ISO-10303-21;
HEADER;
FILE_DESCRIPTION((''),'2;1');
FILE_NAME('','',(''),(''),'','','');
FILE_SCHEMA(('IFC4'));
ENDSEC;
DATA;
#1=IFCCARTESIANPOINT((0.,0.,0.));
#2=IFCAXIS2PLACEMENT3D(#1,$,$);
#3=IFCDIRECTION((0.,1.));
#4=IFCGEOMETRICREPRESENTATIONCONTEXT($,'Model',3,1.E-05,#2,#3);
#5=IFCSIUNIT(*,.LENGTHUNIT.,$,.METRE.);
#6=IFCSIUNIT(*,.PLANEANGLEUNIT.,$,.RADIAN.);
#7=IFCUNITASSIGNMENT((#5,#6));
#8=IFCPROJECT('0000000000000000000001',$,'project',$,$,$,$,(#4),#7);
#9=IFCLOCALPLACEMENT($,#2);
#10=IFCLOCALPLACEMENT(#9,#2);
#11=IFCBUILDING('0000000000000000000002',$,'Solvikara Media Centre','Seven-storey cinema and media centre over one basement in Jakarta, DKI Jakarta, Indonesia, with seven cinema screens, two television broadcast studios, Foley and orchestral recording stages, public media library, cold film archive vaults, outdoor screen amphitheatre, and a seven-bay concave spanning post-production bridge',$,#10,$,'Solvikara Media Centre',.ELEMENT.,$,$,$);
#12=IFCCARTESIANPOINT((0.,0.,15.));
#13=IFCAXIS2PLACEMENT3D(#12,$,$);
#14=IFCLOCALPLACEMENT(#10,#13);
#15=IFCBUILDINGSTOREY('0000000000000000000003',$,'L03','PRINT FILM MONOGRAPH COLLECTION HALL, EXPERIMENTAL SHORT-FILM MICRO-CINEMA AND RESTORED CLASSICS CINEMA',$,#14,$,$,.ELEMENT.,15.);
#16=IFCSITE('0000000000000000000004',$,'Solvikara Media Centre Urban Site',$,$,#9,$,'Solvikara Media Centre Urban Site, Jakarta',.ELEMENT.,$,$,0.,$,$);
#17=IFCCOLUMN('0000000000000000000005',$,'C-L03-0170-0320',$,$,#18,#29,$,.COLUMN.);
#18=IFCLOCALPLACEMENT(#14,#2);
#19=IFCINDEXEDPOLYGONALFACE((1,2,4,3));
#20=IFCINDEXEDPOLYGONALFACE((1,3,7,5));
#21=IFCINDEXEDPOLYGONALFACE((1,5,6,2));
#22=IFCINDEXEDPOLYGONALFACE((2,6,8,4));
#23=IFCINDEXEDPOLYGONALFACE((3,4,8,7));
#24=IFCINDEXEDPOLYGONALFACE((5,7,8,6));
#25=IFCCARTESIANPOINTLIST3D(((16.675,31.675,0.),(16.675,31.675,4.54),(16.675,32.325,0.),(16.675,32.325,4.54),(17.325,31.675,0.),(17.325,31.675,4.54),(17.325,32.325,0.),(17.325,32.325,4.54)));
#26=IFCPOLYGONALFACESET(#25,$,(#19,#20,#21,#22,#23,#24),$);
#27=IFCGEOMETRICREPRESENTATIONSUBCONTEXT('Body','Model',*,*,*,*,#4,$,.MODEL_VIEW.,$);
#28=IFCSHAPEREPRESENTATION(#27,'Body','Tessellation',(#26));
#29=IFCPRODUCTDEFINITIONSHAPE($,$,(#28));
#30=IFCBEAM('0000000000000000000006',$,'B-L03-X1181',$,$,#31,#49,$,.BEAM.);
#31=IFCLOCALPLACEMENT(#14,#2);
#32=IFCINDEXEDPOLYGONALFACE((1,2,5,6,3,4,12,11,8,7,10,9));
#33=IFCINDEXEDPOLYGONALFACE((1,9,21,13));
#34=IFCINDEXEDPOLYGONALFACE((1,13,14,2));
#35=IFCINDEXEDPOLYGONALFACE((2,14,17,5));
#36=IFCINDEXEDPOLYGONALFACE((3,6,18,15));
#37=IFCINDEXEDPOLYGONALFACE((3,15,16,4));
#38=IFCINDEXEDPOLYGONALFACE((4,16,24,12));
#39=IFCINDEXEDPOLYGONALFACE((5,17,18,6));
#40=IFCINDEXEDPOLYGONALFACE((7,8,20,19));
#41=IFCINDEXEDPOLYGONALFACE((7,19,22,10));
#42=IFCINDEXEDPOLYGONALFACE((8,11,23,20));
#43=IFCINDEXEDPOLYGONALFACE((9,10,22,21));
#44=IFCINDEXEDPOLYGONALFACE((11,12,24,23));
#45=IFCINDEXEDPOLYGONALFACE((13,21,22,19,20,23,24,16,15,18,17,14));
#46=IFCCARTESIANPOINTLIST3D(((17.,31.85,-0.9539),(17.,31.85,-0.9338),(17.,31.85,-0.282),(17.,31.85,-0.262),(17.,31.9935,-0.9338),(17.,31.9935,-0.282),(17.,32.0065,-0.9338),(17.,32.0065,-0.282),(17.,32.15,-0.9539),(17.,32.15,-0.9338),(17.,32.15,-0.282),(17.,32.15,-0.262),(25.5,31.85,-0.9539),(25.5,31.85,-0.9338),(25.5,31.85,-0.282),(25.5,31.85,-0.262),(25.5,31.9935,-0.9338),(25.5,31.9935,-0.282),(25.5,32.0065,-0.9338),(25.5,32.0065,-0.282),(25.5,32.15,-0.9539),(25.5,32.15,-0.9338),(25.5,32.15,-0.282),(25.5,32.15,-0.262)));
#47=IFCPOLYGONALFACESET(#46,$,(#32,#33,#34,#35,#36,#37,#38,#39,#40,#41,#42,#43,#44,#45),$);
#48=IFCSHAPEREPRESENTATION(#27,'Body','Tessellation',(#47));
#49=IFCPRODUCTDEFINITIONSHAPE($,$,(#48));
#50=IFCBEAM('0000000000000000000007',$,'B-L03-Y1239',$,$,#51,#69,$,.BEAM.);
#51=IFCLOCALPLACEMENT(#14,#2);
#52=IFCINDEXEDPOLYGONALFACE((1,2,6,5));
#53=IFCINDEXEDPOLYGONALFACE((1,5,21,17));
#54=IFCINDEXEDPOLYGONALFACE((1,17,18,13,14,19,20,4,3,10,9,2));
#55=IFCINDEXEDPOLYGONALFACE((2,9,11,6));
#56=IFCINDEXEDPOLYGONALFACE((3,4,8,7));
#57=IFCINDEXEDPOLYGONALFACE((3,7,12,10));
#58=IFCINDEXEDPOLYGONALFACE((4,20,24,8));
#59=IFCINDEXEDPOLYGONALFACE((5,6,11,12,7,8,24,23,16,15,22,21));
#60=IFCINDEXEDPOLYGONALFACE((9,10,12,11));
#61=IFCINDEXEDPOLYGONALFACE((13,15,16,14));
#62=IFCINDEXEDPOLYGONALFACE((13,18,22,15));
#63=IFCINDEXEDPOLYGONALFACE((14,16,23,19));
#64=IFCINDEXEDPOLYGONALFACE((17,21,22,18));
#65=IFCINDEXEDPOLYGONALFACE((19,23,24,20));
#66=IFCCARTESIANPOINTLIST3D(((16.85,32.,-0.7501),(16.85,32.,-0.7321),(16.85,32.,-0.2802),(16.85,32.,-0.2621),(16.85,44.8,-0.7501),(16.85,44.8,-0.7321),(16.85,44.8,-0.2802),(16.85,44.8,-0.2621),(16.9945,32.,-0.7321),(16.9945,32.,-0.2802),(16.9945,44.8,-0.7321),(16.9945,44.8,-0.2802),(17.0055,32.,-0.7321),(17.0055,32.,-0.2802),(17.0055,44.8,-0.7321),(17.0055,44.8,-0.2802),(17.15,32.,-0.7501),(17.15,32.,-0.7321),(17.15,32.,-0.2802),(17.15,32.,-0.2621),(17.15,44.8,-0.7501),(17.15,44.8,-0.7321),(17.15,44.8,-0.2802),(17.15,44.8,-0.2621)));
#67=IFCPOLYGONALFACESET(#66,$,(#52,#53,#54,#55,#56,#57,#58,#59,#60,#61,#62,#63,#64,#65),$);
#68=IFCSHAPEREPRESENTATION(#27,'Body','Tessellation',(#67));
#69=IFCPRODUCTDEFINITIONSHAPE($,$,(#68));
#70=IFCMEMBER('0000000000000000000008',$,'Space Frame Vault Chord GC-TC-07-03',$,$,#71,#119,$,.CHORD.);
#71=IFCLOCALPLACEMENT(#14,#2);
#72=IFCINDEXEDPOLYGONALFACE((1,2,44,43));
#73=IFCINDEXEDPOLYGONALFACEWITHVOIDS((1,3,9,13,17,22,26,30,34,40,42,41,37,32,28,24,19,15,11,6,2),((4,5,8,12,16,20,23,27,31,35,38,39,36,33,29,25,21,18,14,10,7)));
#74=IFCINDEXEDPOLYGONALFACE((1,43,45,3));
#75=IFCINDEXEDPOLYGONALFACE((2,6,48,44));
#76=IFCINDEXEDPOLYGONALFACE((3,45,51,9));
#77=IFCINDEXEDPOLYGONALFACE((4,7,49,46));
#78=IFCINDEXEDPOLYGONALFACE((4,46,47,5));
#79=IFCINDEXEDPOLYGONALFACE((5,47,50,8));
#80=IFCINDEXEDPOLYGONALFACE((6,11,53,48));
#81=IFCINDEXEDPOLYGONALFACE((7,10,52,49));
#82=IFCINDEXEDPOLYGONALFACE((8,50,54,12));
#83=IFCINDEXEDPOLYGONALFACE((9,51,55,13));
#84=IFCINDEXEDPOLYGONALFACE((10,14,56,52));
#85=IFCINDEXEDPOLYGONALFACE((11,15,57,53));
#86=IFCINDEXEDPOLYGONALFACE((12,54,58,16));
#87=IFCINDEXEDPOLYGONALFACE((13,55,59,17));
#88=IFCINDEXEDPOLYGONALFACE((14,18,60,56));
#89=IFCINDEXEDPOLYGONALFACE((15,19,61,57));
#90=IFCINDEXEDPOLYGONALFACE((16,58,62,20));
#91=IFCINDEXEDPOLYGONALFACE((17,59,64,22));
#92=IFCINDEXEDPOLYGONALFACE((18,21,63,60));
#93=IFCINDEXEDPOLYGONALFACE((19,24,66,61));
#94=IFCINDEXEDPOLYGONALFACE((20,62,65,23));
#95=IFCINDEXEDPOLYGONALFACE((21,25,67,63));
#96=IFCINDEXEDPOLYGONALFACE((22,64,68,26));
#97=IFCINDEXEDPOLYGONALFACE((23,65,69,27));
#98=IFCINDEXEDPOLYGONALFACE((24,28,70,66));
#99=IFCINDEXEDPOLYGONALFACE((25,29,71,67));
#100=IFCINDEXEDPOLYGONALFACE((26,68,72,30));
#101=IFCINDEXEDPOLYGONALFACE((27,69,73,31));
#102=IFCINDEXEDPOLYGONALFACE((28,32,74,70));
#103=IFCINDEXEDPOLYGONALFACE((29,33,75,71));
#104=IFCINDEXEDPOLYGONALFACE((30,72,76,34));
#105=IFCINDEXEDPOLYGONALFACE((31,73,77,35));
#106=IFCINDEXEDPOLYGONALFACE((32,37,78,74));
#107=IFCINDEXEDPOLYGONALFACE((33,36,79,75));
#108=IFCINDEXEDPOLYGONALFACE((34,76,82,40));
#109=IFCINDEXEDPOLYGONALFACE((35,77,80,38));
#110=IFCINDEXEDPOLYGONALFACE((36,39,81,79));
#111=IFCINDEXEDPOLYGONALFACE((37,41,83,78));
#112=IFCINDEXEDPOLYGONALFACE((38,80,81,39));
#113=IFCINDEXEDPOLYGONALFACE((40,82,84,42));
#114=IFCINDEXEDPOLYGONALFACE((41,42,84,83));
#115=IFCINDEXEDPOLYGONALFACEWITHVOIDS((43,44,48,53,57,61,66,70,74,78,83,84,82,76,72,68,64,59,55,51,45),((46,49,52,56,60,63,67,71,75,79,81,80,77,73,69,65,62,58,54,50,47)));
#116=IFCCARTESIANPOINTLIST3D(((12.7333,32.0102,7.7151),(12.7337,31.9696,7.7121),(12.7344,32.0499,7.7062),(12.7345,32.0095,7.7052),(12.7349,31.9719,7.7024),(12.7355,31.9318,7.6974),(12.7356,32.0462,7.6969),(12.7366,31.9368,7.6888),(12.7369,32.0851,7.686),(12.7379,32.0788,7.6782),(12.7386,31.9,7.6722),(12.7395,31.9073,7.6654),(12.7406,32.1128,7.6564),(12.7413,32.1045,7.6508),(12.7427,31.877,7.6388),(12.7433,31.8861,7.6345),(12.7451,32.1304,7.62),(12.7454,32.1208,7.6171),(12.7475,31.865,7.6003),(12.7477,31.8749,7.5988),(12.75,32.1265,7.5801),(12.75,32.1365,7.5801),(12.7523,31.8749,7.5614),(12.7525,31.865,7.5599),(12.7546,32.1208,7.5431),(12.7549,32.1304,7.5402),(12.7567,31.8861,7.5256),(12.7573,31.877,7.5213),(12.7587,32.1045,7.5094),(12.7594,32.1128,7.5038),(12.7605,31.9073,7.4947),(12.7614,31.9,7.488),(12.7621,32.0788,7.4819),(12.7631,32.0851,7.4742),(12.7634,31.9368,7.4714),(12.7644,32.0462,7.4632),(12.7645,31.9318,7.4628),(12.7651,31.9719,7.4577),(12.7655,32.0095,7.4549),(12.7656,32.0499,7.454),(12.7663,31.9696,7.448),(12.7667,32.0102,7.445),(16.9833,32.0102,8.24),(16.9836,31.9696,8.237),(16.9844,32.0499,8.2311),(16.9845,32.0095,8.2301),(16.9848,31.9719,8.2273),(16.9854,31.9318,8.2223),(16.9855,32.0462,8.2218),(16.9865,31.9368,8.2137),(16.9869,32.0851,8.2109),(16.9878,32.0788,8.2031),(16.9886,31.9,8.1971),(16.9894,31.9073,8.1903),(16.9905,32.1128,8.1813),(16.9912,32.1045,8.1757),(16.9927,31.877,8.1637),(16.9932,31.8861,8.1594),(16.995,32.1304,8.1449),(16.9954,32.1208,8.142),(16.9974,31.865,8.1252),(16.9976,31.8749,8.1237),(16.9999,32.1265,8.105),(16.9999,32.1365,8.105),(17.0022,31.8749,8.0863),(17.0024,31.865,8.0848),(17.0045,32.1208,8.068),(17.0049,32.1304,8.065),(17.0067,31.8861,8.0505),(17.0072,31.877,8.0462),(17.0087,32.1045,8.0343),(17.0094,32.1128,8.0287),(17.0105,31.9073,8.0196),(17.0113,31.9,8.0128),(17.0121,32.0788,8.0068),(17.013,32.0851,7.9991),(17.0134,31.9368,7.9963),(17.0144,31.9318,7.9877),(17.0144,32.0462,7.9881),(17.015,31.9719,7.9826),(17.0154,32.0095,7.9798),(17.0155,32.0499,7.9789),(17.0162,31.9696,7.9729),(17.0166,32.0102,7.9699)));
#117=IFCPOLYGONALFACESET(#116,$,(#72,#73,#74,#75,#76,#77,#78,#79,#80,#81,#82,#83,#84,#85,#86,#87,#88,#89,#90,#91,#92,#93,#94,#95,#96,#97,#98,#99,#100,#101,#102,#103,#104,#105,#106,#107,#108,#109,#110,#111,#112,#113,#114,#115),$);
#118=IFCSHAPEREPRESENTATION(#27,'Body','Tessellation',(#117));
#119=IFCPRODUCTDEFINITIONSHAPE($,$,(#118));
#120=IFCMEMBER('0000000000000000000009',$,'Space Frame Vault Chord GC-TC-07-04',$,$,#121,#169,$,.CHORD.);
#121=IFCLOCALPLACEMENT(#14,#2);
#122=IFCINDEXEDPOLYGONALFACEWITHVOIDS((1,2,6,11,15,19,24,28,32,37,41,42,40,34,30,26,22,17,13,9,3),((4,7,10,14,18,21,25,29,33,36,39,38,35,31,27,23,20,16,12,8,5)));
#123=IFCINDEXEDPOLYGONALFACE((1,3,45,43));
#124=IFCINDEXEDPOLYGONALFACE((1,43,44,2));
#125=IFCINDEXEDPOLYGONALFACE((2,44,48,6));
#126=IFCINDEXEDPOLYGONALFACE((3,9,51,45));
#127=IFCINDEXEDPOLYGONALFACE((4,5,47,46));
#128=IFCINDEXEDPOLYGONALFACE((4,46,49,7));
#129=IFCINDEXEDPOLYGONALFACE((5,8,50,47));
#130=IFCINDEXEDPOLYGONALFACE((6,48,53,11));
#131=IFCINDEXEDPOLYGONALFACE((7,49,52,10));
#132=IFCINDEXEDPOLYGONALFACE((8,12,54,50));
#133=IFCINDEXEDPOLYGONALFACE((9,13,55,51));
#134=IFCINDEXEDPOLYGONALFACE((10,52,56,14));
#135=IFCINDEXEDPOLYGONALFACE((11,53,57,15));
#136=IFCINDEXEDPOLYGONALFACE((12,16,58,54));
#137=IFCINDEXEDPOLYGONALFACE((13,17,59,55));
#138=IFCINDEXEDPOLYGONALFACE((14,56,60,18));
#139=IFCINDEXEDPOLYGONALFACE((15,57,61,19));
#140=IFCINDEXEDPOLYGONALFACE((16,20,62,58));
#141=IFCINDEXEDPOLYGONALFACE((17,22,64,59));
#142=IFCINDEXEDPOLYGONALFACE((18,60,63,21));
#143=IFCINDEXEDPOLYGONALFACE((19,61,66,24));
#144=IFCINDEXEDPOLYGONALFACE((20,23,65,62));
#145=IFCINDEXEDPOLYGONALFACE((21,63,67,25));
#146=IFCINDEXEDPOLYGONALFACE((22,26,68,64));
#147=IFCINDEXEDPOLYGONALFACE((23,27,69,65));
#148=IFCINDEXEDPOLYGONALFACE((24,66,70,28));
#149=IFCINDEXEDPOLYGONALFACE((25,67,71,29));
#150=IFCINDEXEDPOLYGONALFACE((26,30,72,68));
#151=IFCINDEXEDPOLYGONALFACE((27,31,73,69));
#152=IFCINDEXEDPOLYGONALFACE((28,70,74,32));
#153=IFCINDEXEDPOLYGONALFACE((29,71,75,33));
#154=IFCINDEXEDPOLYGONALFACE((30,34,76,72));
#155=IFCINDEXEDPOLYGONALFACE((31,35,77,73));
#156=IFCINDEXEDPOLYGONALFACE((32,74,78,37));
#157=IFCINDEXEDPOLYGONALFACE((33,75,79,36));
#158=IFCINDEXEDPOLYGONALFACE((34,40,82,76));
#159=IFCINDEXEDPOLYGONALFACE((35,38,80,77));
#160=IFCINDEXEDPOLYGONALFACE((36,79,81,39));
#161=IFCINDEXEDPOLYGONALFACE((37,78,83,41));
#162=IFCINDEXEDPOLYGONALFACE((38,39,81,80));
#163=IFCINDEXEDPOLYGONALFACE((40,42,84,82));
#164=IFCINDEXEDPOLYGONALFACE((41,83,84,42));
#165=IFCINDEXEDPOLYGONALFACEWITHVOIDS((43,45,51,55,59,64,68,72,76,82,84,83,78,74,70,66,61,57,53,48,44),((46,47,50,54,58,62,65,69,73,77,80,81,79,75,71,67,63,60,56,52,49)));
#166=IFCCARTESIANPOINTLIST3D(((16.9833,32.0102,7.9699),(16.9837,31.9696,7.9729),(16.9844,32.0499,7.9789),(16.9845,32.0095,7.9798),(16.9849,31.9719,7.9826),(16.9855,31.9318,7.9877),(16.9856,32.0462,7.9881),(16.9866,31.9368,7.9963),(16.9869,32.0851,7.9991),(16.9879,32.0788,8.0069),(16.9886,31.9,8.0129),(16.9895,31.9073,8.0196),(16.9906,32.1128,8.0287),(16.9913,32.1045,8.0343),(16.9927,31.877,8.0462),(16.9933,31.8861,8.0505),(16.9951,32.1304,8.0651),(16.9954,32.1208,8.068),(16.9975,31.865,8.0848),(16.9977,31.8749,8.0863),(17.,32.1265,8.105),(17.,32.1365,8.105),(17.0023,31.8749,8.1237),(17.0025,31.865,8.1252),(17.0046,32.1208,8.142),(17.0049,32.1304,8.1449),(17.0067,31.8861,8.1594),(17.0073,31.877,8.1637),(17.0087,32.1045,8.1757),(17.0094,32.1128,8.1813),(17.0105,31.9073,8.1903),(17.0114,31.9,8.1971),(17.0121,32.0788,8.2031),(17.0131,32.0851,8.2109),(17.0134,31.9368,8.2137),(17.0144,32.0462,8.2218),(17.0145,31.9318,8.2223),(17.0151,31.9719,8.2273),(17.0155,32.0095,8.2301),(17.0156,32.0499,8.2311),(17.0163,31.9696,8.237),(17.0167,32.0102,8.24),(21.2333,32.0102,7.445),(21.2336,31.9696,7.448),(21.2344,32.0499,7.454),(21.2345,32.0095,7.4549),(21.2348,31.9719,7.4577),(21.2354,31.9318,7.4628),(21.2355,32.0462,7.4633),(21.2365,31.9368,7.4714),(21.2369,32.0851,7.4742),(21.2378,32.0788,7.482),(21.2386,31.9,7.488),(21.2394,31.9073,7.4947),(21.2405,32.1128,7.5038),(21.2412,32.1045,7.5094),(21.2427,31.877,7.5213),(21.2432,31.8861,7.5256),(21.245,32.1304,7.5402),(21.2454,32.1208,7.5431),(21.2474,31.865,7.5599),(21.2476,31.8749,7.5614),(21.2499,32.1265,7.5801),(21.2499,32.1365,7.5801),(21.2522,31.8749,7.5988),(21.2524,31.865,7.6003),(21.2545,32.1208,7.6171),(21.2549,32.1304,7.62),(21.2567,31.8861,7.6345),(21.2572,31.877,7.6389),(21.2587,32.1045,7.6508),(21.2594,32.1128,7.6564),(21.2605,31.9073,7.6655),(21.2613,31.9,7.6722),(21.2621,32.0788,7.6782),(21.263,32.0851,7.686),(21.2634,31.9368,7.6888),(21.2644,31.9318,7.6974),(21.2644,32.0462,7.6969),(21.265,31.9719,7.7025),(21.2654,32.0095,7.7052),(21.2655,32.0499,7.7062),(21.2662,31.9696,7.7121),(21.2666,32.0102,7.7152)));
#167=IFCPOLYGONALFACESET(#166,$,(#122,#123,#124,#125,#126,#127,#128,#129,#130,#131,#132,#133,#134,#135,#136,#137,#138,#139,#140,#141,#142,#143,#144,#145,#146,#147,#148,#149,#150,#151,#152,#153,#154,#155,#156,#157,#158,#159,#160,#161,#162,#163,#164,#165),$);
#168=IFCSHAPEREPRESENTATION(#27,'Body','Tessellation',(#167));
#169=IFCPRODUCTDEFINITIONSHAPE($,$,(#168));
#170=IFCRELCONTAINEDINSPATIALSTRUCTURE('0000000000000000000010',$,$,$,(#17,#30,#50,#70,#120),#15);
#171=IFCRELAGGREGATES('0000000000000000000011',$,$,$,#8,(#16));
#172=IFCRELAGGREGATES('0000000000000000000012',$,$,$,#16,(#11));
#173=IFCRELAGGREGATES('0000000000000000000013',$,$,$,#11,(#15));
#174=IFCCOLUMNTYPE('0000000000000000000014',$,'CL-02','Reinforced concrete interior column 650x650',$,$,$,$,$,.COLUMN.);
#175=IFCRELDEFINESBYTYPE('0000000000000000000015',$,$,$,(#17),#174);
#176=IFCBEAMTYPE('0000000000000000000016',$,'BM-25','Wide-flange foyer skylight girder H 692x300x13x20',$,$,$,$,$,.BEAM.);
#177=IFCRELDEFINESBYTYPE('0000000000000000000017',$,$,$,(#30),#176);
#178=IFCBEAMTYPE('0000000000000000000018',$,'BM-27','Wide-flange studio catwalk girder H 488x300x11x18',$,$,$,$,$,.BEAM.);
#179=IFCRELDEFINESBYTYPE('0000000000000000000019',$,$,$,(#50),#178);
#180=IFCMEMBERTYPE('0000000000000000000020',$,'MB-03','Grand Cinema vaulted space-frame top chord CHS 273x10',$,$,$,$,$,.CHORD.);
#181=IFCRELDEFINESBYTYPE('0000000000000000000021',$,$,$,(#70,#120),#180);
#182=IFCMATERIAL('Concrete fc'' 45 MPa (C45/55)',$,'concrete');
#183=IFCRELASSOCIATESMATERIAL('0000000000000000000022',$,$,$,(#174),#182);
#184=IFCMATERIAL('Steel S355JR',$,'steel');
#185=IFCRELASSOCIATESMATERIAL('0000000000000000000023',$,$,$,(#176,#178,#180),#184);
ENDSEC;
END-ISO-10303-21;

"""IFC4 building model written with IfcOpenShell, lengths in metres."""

from ifc_helpers import new_model, si_unit, direction, frame, origin, origin_2d, place, context, subcontext, project, spatial, rectangle, hollow_circle, i_section, extrude, material, material_profile, profile_set, type_object, element, save


model = new_model("IFC4")

# Units and contexts
model_context = context("Model", 3, precision=1e-05, world=origin(), true_north=direction((0.0, 1.0)))
body_context = subcontext(model_context, "Body", "Model", "MODEL_VIEW")
ifc_project = project(units=[si_unit("LENGTHUNIT", "METRE"), si_unit("PLANEANGLEUNIT", "RADIAN")], contexts=[model_context])

# Site, building, storey
site_placement = place(None, origin())
site = spatial("IfcSite", under=ifc_project, at=site_placement, Name="Solvikara Media Centre Urban Site", LongName="Solvikara Media Centre Urban Site, Jakarta", CompositionType="ELEMENT", RefElevation=0.0)
building_placement = place(site_placement, origin())
building = spatial("IfcBuilding", under=site, at=building_placement, Name="Solvikara Media Centre", Description="Seven-storey cinema and media centre over one basement in Jakarta, DKI Jakarta, Indonesia, with seven cinema screens, two television broadcast studios, Foley and orchestral recording stages, public media library, cold film archive vaults, outdoor screen amphitheatre, and a seven-bay concave spanning post-production bridge", LongName="Solvikara Media Centre", CompositionType="ELEMENT")
storey_placement = place(building_placement, frame((0.0, 0.0, 15.0)))
storey = spatial("IfcBuildingStorey", under=building, at=storey_placement, Name="L03", Description="PRINT FILM MONOGRAPH COLLECTION HALL, EXPERIMENTAL SHORT-FILM MICRO-CINEMA AND RESTORED CLASSICS CINEMA", CompositionType="ELEMENT", Elevation=15.0)

# Column
ifc_material_1 = material(Name="Concrete fc' 45 MPa (C45/55)", Category="concrete")
ifc_material_profile_1 = material_profile(ifc_material_1, rectangle(XDim=0.6499, YDim=0.6499, at=origin_2d()), Name="RC 650x650")
ifc_profile_set_1 = profile_set([ifc_material_profile_1], Name="Concrete fc' 45 MPa (C45/55)")
column_type = type_object("IfcColumnType", Name="CL-02", Description="Reinforced concrete interior column 650x650", PredefinedType="COLUMN", material=ifc_profile_set_1)
column_placement = place(storey_placement, frame((17.0, 32.0, 0.0), z_axis=(0.0, 0.0, 1.0), x_axis=(1.0, 0.0, 0.0)))
element("IfcColumn", 1, at=column_placement, inside=storey, type_object=column_type, Name="C-L03-0170-0320", PredefinedType="COLUMN", context=body_context, shape_type="SweptSolid", body=[
    extrude(rectangle(XDim=0.6499, YDim=0.6499, at=origin_2d()), origin(), (0.0, 0.0, 1.0), 4.54),
])

# Beams
ifc_material_2 = material(Name="Steel S355JR", Category="steel")
ifc_material_profile_2 = material_profile(ifc_material_2, i_section(OverallWidth=0.3, OverallDepth=0.6919, WebThickness=0.0129, FlangeThickness=0.02, at=origin_2d()), Name="H 692x300x13x20")
ifc_profile_set_2 = profile_set([ifc_material_profile_2], Name="Steel S355JR")
beam_type_1 = type_object("IfcBeamType", Name="BM-25", Description="Wide-flange foyer skylight girder H 692x300x13x20", PredefinedType="BEAM", material=ifc_profile_set_2)
beam_1_placement = place(storey_placement, frame((17.0, 32.0, -0.6079), z_axis=(1.0, 0.0, 0.0), x_axis=(0.0, 1.0, 0.0)))
element("IfcBeam", 2, at=beam_1_placement, inside=storey, type_object=beam_type_1, Name="B-L03-X1181", PredefinedType="BEAM", context=body_context, shape_type="SweptSolid", body=[
    extrude(i_section(OverallWidth=0.3, OverallDepth=0.6919, WebThickness=0.0129, FlangeThickness=0.02, at=origin_2d()), origin(), (0.0, 0.0, 1.0), 8.5),
])
ifc_material_profile_3 = material_profile(ifc_material_2, i_section(OverallWidth=0.3, OverallDepth=0.488, WebThickness=0.011, FlangeThickness=0.0181, at=origin_2d()), Name="H 488x300x11x18")
ifc_profile_set_3 = profile_set([ifc_material_profile_3], Name="Steel S355JR")
beam_type_2 = type_object("IfcBeamType", Name="BM-27", Description="Wide-flange studio catwalk girder H 488x300x11x18", PredefinedType="BEAM", material=ifc_profile_set_3)
beam_2_placement = place(storey_placement, frame((17.0, 32.0, -0.5061), z_axis=(0.0, 1.0, 0.0), x_axis=(-1.0, 0.0, 0.0)))
element("IfcBeam", 3, at=beam_2_placement, inside=storey, type_object=beam_type_2, Name="B-L03-Y1239", PredefinedType="BEAM", context=body_context, shape_type="SweptSolid", body=[
    extrude(i_section(OverallWidth=0.3, OverallDepth=0.488, WebThickness=0.011, FlangeThickness=0.0181, at=origin_2d()), origin(), (0.0, 0.0, 1.0), 12.8),
])

# Members
ifc_material_profile_4 = material_profile(ifc_material_2, hollow_circle(Radius=0.1365, WallThickness=0.01, at=origin_2d()), Name="CHS 273x10")
ifc_profile_set_4 = profile_set([ifc_material_profile_4], Name="Steel S355JR")
member_type_1 = type_object("IfcMemberType", Name="MB-03", Description="Grand Cinema vaulted space-frame top chord CHS 273x10", PredefinedType="CHORD", material=ifc_profile_set_4)
for number, where, z_axis, x_axis, name in (
    (4, (12.75, 32.0, 7.5801), (0.992459, 0.0, 0.122575), (0.0, 1.0, 0.0), "Space Frame Vault Chord GC-TC-07-03"),
    (5, (17.0, 32.0, 8.105), (0.992459, 0.0, -0.122575), (0.0, 1.0, 0.0), "Space Frame Vault Chord GC-TC-07-04"),
):
    element("IfcMember", number, at=place(storey_placement, frame(where, z_axis=z_axis, x_axis=x_axis)), inside=storey, type_object=member_type_1, Name=name, PredefinedType="CHORD", context=body_context, shape_type="SweptSolid", body=[
        extrude(hollow_circle(Radius=0.1365, WallThickness=0.01, at=origin_2d()), origin(), (0.0, 0.0, 1.0), 4.2822),
    ])

save(model, "model.ifc")
